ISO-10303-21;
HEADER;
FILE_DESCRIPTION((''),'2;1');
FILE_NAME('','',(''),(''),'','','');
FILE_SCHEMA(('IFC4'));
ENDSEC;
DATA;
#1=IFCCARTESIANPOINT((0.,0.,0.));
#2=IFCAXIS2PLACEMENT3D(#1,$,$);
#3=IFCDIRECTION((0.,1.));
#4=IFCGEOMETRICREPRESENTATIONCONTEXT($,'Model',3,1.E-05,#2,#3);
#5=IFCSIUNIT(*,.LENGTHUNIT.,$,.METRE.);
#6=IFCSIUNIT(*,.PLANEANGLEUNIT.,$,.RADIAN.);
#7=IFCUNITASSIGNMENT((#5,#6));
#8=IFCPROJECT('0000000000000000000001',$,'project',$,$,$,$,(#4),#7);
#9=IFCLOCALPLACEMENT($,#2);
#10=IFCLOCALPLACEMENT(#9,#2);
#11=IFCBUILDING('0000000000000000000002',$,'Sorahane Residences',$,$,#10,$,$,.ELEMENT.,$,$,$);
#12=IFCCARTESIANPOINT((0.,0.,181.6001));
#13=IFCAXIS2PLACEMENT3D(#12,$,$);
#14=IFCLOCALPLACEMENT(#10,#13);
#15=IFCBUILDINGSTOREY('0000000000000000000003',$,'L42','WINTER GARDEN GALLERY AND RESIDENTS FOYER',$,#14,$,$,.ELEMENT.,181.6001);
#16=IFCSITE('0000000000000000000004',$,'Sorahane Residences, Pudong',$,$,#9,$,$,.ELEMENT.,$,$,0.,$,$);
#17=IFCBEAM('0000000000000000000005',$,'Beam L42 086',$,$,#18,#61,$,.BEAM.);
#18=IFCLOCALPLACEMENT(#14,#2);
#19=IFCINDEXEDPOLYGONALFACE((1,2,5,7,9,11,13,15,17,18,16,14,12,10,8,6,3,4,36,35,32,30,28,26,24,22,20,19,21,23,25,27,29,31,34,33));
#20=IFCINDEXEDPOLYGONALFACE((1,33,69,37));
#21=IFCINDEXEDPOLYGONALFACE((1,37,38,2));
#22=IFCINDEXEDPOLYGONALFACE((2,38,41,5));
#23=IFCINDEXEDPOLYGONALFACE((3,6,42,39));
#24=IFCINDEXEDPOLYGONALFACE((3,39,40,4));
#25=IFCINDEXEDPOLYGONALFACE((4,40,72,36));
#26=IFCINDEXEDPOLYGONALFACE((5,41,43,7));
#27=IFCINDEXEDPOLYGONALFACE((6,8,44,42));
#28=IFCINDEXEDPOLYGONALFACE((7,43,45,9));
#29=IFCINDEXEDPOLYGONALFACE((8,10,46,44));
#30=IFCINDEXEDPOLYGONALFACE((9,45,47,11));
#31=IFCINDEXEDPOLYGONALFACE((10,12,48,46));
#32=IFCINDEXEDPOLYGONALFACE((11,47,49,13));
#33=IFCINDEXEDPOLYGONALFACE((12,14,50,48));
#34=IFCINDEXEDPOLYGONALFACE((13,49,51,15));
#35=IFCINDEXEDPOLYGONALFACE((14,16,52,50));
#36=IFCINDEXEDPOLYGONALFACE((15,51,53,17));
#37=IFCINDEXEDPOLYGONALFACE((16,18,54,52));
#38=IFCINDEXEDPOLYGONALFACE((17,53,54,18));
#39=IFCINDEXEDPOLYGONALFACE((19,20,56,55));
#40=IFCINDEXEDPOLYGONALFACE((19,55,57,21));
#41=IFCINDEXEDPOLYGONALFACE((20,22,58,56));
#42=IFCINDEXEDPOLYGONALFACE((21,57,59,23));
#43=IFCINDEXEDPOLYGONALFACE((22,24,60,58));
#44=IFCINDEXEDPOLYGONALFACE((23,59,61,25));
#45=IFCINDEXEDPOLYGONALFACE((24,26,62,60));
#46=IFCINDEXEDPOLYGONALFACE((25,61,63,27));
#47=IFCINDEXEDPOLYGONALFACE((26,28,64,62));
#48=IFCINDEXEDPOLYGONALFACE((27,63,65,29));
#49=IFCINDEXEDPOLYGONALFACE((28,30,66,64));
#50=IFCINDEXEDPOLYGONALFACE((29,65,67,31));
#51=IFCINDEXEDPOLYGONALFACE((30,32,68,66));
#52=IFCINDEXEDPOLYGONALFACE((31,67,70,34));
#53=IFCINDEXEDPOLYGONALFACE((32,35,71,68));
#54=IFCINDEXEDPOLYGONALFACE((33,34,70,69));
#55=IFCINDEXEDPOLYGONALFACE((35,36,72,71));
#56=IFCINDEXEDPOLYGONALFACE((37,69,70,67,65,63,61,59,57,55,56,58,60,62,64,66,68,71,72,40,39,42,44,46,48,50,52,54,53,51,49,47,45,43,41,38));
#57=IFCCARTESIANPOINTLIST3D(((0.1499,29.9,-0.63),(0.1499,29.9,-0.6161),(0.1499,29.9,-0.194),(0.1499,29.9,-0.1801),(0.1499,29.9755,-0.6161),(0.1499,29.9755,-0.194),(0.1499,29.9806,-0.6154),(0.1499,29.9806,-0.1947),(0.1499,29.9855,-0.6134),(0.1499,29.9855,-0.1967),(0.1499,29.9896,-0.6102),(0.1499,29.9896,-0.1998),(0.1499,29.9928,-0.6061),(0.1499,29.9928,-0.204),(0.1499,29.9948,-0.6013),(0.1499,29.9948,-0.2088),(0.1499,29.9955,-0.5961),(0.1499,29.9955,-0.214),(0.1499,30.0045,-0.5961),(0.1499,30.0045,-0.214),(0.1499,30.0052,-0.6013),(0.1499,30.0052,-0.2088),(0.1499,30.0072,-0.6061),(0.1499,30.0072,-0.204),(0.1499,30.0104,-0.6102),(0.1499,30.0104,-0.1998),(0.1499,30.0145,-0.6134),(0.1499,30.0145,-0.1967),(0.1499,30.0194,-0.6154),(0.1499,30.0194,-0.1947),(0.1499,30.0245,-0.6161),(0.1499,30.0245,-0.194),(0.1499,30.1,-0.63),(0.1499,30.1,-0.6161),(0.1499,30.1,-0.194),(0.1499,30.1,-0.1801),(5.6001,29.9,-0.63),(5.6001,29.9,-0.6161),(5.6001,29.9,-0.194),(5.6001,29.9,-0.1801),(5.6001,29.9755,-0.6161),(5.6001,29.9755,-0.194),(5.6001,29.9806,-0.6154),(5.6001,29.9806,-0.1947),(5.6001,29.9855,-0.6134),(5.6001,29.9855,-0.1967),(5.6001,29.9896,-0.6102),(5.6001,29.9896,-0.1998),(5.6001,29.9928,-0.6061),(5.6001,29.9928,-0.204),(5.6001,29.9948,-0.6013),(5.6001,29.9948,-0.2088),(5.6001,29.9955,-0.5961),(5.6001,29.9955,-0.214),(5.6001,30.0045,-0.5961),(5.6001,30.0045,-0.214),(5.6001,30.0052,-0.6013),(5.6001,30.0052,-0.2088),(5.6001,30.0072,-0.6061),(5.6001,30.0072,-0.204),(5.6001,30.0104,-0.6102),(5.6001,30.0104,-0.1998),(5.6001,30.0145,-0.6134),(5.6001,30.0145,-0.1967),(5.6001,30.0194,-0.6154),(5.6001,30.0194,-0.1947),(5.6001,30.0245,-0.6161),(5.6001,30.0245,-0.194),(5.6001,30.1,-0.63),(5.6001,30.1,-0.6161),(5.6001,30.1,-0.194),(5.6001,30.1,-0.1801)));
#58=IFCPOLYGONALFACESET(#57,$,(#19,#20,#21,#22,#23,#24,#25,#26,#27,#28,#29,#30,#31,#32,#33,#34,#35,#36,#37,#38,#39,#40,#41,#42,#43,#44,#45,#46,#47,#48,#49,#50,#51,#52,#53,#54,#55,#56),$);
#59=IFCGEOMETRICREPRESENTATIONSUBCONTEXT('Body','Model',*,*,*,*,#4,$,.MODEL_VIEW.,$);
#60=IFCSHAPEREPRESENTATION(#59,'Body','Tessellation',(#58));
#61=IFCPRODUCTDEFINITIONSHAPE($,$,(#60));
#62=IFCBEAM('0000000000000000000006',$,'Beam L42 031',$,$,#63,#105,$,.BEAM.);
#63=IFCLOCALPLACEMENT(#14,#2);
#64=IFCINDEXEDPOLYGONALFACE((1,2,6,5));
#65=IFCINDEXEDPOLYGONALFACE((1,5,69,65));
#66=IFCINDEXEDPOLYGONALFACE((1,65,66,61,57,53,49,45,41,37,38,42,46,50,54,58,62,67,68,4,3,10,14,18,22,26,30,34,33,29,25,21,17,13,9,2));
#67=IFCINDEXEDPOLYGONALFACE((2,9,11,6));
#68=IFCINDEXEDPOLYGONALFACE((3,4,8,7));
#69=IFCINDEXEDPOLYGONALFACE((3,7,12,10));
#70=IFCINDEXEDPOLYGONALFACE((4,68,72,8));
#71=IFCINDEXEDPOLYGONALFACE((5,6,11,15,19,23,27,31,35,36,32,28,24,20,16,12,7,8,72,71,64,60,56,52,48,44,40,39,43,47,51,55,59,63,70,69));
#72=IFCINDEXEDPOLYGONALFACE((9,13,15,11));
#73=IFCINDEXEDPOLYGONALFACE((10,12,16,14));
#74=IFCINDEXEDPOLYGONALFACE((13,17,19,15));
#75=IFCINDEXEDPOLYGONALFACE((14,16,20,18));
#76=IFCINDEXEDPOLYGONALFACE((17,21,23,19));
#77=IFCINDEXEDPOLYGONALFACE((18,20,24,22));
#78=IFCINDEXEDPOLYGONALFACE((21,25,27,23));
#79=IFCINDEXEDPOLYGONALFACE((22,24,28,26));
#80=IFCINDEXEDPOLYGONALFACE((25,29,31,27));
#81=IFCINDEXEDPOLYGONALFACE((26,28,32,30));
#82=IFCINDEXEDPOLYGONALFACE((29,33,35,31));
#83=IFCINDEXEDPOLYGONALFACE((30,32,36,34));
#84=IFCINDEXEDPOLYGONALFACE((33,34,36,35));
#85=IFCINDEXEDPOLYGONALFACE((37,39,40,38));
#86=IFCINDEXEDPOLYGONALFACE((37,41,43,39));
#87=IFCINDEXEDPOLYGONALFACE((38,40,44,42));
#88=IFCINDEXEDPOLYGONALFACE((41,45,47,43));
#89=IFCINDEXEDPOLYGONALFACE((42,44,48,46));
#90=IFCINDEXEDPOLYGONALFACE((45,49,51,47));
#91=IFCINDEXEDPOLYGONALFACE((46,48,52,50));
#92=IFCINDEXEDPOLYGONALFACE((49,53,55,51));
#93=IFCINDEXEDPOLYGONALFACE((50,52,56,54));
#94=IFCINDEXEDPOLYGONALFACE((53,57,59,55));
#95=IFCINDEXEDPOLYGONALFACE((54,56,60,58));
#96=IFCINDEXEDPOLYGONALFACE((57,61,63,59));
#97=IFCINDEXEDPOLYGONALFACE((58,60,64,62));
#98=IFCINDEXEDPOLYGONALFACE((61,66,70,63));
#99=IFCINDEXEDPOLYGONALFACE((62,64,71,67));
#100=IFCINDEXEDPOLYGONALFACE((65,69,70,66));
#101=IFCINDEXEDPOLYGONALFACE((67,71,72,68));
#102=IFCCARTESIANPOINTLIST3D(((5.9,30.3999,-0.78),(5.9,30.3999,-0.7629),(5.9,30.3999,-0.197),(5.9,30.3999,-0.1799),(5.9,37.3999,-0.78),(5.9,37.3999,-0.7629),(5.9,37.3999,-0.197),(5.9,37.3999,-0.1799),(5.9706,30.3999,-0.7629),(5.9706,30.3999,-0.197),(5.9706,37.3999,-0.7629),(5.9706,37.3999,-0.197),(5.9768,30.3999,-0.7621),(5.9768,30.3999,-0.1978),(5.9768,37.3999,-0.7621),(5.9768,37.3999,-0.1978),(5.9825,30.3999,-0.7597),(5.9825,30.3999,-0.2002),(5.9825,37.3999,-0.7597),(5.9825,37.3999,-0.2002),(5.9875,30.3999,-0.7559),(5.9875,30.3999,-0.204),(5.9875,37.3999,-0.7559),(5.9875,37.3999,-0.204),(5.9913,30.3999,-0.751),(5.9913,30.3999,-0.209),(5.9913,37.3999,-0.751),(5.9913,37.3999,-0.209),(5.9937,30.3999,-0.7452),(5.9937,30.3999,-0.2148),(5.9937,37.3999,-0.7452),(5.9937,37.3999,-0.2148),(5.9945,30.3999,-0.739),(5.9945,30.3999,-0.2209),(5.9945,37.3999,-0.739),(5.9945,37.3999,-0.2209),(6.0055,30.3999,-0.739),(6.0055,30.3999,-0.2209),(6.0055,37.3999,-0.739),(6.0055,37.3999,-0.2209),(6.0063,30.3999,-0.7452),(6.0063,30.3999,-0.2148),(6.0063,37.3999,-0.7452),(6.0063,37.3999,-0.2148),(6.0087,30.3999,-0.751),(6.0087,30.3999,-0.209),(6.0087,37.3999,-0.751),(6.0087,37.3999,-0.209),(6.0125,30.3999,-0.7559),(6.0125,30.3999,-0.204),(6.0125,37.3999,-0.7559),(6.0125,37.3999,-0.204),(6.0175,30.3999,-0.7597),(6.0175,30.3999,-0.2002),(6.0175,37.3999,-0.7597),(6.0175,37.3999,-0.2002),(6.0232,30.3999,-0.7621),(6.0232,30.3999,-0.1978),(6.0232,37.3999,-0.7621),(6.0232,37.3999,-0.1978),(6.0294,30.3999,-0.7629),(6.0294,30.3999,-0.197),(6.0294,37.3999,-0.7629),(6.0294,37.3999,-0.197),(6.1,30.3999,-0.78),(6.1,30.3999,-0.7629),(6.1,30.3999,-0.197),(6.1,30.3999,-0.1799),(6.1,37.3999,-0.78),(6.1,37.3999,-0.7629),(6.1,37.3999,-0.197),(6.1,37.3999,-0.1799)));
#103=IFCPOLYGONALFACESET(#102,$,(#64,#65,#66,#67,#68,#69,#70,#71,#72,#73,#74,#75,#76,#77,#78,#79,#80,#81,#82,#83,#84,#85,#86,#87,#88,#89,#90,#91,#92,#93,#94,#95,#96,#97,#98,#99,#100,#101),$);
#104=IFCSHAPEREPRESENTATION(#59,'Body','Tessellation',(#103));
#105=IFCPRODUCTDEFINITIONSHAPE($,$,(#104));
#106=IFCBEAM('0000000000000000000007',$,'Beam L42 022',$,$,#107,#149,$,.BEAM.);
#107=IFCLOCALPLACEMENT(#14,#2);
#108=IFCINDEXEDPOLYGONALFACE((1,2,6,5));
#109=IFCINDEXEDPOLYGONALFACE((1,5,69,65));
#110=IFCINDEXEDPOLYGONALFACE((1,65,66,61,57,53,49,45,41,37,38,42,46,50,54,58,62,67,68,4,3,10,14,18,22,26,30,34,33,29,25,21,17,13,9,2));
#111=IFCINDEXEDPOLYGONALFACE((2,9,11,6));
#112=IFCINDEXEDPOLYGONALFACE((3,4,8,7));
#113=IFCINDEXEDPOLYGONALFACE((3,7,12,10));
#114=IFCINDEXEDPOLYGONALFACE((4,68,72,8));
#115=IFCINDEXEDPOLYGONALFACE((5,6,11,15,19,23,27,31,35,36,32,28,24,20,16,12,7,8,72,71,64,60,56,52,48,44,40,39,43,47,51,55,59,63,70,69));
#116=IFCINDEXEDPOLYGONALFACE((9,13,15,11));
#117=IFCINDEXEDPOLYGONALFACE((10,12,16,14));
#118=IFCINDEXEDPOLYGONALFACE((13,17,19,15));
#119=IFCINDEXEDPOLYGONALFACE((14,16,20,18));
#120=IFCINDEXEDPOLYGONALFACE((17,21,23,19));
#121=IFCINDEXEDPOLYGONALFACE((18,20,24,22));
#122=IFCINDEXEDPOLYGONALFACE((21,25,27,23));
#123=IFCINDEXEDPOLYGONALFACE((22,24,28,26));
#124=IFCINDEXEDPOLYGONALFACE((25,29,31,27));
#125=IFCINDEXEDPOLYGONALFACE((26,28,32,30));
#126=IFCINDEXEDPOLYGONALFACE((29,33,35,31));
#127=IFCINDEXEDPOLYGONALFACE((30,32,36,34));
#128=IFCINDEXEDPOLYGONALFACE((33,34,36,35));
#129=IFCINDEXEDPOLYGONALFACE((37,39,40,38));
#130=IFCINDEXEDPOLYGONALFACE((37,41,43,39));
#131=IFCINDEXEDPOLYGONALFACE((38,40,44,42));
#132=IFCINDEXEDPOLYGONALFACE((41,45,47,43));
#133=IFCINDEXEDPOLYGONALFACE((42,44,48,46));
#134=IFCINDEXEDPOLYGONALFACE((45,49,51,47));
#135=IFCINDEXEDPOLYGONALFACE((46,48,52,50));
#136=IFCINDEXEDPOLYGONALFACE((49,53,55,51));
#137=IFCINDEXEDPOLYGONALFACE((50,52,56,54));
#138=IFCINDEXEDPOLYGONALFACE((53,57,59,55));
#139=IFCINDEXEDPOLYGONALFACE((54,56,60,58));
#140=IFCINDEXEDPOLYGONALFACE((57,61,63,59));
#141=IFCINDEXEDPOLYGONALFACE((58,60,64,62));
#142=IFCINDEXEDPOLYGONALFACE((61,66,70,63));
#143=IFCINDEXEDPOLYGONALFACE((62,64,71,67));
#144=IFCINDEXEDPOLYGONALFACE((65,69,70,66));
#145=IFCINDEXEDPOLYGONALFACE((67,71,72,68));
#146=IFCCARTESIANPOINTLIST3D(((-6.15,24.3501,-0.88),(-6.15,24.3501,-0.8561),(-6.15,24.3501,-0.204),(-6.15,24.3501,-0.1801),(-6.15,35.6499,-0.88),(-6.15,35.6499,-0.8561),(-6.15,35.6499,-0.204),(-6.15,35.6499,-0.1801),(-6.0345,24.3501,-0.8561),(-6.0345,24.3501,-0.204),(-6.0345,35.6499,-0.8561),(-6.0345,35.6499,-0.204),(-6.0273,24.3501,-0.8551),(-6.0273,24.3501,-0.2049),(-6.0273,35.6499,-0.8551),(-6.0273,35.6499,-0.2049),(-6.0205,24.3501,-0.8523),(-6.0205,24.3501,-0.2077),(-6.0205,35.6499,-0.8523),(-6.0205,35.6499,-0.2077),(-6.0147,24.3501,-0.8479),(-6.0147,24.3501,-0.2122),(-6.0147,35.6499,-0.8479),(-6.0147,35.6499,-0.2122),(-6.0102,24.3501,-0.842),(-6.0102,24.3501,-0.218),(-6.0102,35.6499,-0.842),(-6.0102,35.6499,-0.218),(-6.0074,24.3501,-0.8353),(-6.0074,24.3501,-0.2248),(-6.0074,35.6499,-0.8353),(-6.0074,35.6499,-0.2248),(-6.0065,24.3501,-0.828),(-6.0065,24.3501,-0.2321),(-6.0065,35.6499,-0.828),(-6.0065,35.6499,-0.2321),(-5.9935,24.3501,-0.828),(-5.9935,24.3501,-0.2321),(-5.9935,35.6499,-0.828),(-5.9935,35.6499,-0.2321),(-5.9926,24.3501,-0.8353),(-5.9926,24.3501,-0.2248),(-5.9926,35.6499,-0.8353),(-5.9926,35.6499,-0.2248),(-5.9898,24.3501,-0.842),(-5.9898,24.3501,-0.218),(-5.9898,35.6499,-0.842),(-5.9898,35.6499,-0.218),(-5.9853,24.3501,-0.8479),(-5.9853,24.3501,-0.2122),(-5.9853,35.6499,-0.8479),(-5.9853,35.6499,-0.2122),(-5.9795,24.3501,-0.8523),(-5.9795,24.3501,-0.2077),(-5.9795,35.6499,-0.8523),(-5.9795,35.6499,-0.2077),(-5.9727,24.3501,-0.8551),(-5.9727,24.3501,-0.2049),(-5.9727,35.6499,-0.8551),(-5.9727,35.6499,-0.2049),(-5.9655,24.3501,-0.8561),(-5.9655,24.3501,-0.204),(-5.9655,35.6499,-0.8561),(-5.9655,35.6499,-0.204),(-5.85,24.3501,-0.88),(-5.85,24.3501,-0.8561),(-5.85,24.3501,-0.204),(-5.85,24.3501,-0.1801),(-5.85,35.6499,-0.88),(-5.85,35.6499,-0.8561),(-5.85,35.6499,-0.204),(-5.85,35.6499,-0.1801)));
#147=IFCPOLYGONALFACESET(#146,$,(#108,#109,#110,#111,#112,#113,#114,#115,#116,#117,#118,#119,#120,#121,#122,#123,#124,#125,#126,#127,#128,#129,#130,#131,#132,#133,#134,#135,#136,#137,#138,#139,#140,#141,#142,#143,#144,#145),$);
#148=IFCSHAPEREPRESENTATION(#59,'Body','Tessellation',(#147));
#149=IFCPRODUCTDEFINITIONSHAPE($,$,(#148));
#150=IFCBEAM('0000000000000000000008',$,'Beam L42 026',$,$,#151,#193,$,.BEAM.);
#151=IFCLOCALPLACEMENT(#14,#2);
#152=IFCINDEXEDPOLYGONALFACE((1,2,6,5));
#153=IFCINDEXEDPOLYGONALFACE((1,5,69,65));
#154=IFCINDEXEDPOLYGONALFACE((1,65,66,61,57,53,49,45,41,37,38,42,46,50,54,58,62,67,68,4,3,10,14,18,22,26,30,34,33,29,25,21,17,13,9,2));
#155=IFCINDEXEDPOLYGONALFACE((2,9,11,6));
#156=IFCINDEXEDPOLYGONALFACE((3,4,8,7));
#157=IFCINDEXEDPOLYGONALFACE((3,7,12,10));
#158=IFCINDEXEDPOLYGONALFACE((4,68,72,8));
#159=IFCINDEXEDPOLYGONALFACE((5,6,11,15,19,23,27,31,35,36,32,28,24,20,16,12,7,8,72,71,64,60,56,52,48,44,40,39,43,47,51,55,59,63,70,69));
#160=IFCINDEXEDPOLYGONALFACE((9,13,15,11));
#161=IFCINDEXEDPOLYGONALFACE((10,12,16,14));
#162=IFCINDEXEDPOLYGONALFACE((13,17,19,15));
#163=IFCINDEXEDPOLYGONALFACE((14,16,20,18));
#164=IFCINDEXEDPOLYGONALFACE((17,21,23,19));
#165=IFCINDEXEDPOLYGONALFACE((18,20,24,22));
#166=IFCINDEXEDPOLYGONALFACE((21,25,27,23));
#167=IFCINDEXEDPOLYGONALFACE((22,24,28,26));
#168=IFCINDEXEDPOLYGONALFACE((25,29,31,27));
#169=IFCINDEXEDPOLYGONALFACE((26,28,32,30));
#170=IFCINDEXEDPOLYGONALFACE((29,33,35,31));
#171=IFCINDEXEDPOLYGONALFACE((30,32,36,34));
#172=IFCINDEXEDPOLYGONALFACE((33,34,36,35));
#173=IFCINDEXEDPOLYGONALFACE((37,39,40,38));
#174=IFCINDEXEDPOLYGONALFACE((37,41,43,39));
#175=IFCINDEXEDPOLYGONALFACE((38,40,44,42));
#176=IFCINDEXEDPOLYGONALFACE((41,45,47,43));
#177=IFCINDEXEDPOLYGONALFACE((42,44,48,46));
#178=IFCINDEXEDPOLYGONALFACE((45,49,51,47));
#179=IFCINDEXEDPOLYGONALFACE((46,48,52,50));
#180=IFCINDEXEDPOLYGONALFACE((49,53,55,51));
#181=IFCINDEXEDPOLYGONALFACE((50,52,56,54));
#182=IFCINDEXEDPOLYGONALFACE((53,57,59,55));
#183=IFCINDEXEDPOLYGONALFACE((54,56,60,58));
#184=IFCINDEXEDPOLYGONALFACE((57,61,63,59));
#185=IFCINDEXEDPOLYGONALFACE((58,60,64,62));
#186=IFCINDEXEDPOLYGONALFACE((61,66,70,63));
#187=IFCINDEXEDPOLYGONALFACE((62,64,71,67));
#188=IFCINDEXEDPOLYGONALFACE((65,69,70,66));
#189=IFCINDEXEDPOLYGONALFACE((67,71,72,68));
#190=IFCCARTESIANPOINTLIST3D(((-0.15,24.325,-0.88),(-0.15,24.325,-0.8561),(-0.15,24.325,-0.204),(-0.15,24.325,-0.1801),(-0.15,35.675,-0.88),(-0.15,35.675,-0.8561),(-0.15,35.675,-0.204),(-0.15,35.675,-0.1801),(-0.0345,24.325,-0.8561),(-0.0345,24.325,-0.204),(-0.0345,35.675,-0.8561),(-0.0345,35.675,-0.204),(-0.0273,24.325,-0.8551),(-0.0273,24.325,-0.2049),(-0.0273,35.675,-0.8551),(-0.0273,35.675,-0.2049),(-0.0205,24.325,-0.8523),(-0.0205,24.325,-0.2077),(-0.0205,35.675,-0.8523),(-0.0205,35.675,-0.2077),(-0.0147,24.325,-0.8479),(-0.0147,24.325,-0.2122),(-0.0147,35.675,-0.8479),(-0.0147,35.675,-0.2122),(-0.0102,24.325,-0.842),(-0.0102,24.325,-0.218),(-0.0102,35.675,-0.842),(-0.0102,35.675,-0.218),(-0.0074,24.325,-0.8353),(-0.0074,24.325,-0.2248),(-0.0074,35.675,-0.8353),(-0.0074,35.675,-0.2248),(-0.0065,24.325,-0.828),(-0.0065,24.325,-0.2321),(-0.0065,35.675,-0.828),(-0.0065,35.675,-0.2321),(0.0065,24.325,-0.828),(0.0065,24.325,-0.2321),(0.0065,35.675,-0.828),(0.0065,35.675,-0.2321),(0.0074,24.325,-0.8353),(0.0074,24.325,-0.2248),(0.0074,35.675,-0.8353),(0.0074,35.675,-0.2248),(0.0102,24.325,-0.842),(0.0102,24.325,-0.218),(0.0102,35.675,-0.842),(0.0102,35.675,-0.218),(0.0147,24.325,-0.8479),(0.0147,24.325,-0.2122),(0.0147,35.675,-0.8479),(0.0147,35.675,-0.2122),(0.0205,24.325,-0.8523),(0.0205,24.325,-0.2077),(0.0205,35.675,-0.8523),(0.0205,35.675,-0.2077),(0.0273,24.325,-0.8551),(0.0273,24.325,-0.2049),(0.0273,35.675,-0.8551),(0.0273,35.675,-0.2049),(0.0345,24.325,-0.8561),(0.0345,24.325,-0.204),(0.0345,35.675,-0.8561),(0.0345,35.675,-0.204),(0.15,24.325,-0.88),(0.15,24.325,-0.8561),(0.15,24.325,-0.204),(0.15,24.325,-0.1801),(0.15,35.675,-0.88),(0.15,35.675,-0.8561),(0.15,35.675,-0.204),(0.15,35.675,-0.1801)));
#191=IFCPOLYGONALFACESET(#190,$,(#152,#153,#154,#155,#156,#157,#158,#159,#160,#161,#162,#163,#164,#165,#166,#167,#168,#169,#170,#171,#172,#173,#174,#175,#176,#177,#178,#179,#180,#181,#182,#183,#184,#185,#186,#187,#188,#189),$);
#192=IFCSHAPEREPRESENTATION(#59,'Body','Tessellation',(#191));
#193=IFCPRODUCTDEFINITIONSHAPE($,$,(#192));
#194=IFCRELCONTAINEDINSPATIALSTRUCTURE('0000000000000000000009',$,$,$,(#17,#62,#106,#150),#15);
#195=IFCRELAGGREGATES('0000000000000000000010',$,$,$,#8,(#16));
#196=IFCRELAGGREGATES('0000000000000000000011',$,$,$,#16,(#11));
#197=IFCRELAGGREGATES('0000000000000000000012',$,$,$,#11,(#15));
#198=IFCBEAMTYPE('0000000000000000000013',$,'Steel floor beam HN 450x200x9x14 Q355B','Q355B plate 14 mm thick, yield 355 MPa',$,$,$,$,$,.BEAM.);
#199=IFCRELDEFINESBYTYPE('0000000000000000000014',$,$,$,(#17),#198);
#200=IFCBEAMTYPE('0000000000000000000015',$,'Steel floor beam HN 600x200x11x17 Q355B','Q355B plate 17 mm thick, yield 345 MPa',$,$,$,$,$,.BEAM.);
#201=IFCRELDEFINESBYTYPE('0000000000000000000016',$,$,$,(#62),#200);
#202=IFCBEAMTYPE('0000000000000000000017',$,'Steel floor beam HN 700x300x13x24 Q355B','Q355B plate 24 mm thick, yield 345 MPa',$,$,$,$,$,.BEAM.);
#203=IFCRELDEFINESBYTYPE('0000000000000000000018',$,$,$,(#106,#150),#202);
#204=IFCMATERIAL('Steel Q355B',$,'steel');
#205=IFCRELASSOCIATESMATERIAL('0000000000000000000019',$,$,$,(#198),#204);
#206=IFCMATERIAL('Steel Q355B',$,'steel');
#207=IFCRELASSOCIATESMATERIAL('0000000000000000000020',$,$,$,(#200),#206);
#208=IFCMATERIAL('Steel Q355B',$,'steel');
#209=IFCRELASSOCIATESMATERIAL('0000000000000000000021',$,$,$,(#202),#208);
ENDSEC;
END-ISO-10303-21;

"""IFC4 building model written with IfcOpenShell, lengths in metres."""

from ifc_helpers import new_model, si_unit, direction, frame, origin, origin_2d, place, context, subcontext, project, spatial, i_section, extrude, material, material_profile, profile_set, type_object, element, save


model = new_model("IFC4")

# Units and contexts
model_context = context("Model", 3, precision=1e-05, world=origin(), true_north=direction((0.0, 1.0)))
body_context = subcontext(model_context, "Body", "Model", "MODEL_VIEW")
ifc_project = project(units=[si_unit("LENGTHUNIT", "METRE"), si_unit("PLANEANGLEUNIT", "RADIAN")], contexts=[model_context])

# Site, building, storey
site_placement = place(None, origin())
site = spatial("IfcSite", under=ifc_project, at=site_placement, Name="Sorahane Residences, Pudong", CompositionType="ELEMENT", RefElevation=0.0)
building_placement = place(site_placement, origin())
building = spatial("IfcBuilding", under=site, at=building_placement, Name="Sorahane Residences", CompositionType="ELEMENT")
storey_placement = place(building_placement, frame((0.0, 0.0, 181.6001)))
storey = spatial("IfcBuildingStorey", under=building, at=storey_placement, Name="L42", Description="WINTER GARDEN GALLERY AND RESIDENTS FOYER", CompositionType="ELEMENT", Elevation=181.6001)

# Beams
ifc_material_1 = material(Name="Steel Q355B", Category="steel")
ifc_material_profile_1 = material_profile(ifc_material_1, i_section(OverallWidth=0.2, OverallDepth=0.45, WebThickness=0.009, FlangeThickness=0.0139, FilletRadius=0.02, at=origin_2d()), Name="HN 450x200x9x14")
ifc_profile_set_1 = profile_set([ifc_material_profile_1], Name="Steel Q355B")
beam_type_1 = type_object("IfcBeamType", Name="Steel floor beam HN 450x200x9x14 Q355B", Description="Q355B plate 14 mm thick, yield 355 MPa", PredefinedType="BEAM", material=ifc_profile_set_1)
beam_1_placement = place(storey_placement, frame((0.1499, 30.0, -0.405), z_axis=(1.0, 0.0, 0.0), x_axis=(0.0, 1.0, 0.0)))
element("IfcBeam", 1, at=beam_1_placement, inside=storey, type_object=beam_type_1, Name="Beam L42 086", PredefinedType="BEAM", context=body_context, shape_type="SweptSolid", body=[
    extrude(i_section(OverallWidth=0.2, OverallDepth=0.45, WebThickness=0.009, FlangeThickness=0.0139, FilletRadius=0.02, at=origin_2d()), origin(), (0.0, 0.0, 1.0), 5.4502),
])
ifc_material_2 = material(Name="Steel Q355B", Category="steel")
ifc_material_profile_2 = material_profile(ifc_material_2, i_section(OverallWidth=0.2, OverallDepth=0.6001, WebThickness=0.011, FlangeThickness=0.0171, FilletRadius=0.0239, at=origin_2d()), Name="HN 600x200x11x17")
ifc_profile_set_2 = profile_set([ifc_material_profile_2], Name="Steel Q355B")
beam_type_2 = type_object("IfcBeamType", Name="Steel floor beam HN 600x200x11x17 Q355B", Description="Q355B plate 17 mm thick, yield 345 MPa", PredefinedType="BEAM", material=ifc_profile_set_2)
beam_2_placement = place(storey_placement, frame((6.0, 30.3999, -0.48), z_axis=(0.0, 1.0, 0.0), x_axis=(-1.0, 0.0, 0.0)))
element("IfcBeam", 2, at=beam_2_placement, inside=storey, type_object=beam_type_2, Name="Beam L42 031", PredefinedType="BEAM", context=body_context, shape_type="SweptSolid", body=[
    extrude(i_section(OverallWidth=0.2, OverallDepth=0.6001, WebThickness=0.011, FlangeThickness=0.0171, FilletRadius=0.0239, at=origin_2d()), origin(), (0.0, 0.0, 1.0), 7.0),
])
ifc_material_3 = material(Name="Steel Q355B", Category="steel")
ifc_material_profile_3 = material_profile(ifc_material_3, i_section(OverallWidth=0.3, OverallDepth=0.7, WebThickness=0.0129, FlangeThickness=0.0239, FilletRadius=0.0281, at=origin_2d()), Name="HN 700x300x13x24")
ifc_profile_set_3 = profile_set([ifc_material_profile_3], Name="Steel Q355B")
beam_type_3 = type_object("IfcBeamType", Name="Steel floor beam HN 700x300x13x24 Q355B", Description="Q355B plate 24 mm thick, yield 345 MPa", PredefinedType="BEAM", material=ifc_profile_set_3)
beam_3_placement = place(storey_placement, frame((-6.0, 24.3501, -0.53), z_axis=(0.0, 1.0, 0.0), x_axis=(-1.0, 0.0, 0.0)))
element("IfcBeam", 3, at=beam_3_placement, inside=storey, type_object=beam_type_3, Name="Beam L42 022", PredefinedType="BEAM", context=body_context, shape_type="SweptSolid", body=[
    extrude(i_section(OverallWidth=0.3, OverallDepth=0.7, WebThickness=0.0129, FlangeThickness=0.0239, FilletRadius=0.0281, at=origin_2d()), origin(), (0.0, 0.0, 1.0), 11.2998),
])
beam_4_placement = place(storey_placement, frame((0.0, 24.325, -0.53), z_axis=(0.0, 1.0, 0.0), x_axis=(-1.0, 0.0, 0.0)))
element("IfcBeam", 4, at=beam_4_placement, inside=storey, type_object=beam_type_3, Name="Beam L42 026", PredefinedType="BEAM", context=body_context, shape_type="SweptSolid", body=[
    extrude(i_section(OverallWidth=0.3, OverallDepth=0.7, WebThickness=0.0129, FlangeThickness=0.0239, FilletRadius=0.0281, at=origin_2d()), origin(), (0.0, 0.0, 1.0), 11.3501),
])

save(model, "model.ifc")
